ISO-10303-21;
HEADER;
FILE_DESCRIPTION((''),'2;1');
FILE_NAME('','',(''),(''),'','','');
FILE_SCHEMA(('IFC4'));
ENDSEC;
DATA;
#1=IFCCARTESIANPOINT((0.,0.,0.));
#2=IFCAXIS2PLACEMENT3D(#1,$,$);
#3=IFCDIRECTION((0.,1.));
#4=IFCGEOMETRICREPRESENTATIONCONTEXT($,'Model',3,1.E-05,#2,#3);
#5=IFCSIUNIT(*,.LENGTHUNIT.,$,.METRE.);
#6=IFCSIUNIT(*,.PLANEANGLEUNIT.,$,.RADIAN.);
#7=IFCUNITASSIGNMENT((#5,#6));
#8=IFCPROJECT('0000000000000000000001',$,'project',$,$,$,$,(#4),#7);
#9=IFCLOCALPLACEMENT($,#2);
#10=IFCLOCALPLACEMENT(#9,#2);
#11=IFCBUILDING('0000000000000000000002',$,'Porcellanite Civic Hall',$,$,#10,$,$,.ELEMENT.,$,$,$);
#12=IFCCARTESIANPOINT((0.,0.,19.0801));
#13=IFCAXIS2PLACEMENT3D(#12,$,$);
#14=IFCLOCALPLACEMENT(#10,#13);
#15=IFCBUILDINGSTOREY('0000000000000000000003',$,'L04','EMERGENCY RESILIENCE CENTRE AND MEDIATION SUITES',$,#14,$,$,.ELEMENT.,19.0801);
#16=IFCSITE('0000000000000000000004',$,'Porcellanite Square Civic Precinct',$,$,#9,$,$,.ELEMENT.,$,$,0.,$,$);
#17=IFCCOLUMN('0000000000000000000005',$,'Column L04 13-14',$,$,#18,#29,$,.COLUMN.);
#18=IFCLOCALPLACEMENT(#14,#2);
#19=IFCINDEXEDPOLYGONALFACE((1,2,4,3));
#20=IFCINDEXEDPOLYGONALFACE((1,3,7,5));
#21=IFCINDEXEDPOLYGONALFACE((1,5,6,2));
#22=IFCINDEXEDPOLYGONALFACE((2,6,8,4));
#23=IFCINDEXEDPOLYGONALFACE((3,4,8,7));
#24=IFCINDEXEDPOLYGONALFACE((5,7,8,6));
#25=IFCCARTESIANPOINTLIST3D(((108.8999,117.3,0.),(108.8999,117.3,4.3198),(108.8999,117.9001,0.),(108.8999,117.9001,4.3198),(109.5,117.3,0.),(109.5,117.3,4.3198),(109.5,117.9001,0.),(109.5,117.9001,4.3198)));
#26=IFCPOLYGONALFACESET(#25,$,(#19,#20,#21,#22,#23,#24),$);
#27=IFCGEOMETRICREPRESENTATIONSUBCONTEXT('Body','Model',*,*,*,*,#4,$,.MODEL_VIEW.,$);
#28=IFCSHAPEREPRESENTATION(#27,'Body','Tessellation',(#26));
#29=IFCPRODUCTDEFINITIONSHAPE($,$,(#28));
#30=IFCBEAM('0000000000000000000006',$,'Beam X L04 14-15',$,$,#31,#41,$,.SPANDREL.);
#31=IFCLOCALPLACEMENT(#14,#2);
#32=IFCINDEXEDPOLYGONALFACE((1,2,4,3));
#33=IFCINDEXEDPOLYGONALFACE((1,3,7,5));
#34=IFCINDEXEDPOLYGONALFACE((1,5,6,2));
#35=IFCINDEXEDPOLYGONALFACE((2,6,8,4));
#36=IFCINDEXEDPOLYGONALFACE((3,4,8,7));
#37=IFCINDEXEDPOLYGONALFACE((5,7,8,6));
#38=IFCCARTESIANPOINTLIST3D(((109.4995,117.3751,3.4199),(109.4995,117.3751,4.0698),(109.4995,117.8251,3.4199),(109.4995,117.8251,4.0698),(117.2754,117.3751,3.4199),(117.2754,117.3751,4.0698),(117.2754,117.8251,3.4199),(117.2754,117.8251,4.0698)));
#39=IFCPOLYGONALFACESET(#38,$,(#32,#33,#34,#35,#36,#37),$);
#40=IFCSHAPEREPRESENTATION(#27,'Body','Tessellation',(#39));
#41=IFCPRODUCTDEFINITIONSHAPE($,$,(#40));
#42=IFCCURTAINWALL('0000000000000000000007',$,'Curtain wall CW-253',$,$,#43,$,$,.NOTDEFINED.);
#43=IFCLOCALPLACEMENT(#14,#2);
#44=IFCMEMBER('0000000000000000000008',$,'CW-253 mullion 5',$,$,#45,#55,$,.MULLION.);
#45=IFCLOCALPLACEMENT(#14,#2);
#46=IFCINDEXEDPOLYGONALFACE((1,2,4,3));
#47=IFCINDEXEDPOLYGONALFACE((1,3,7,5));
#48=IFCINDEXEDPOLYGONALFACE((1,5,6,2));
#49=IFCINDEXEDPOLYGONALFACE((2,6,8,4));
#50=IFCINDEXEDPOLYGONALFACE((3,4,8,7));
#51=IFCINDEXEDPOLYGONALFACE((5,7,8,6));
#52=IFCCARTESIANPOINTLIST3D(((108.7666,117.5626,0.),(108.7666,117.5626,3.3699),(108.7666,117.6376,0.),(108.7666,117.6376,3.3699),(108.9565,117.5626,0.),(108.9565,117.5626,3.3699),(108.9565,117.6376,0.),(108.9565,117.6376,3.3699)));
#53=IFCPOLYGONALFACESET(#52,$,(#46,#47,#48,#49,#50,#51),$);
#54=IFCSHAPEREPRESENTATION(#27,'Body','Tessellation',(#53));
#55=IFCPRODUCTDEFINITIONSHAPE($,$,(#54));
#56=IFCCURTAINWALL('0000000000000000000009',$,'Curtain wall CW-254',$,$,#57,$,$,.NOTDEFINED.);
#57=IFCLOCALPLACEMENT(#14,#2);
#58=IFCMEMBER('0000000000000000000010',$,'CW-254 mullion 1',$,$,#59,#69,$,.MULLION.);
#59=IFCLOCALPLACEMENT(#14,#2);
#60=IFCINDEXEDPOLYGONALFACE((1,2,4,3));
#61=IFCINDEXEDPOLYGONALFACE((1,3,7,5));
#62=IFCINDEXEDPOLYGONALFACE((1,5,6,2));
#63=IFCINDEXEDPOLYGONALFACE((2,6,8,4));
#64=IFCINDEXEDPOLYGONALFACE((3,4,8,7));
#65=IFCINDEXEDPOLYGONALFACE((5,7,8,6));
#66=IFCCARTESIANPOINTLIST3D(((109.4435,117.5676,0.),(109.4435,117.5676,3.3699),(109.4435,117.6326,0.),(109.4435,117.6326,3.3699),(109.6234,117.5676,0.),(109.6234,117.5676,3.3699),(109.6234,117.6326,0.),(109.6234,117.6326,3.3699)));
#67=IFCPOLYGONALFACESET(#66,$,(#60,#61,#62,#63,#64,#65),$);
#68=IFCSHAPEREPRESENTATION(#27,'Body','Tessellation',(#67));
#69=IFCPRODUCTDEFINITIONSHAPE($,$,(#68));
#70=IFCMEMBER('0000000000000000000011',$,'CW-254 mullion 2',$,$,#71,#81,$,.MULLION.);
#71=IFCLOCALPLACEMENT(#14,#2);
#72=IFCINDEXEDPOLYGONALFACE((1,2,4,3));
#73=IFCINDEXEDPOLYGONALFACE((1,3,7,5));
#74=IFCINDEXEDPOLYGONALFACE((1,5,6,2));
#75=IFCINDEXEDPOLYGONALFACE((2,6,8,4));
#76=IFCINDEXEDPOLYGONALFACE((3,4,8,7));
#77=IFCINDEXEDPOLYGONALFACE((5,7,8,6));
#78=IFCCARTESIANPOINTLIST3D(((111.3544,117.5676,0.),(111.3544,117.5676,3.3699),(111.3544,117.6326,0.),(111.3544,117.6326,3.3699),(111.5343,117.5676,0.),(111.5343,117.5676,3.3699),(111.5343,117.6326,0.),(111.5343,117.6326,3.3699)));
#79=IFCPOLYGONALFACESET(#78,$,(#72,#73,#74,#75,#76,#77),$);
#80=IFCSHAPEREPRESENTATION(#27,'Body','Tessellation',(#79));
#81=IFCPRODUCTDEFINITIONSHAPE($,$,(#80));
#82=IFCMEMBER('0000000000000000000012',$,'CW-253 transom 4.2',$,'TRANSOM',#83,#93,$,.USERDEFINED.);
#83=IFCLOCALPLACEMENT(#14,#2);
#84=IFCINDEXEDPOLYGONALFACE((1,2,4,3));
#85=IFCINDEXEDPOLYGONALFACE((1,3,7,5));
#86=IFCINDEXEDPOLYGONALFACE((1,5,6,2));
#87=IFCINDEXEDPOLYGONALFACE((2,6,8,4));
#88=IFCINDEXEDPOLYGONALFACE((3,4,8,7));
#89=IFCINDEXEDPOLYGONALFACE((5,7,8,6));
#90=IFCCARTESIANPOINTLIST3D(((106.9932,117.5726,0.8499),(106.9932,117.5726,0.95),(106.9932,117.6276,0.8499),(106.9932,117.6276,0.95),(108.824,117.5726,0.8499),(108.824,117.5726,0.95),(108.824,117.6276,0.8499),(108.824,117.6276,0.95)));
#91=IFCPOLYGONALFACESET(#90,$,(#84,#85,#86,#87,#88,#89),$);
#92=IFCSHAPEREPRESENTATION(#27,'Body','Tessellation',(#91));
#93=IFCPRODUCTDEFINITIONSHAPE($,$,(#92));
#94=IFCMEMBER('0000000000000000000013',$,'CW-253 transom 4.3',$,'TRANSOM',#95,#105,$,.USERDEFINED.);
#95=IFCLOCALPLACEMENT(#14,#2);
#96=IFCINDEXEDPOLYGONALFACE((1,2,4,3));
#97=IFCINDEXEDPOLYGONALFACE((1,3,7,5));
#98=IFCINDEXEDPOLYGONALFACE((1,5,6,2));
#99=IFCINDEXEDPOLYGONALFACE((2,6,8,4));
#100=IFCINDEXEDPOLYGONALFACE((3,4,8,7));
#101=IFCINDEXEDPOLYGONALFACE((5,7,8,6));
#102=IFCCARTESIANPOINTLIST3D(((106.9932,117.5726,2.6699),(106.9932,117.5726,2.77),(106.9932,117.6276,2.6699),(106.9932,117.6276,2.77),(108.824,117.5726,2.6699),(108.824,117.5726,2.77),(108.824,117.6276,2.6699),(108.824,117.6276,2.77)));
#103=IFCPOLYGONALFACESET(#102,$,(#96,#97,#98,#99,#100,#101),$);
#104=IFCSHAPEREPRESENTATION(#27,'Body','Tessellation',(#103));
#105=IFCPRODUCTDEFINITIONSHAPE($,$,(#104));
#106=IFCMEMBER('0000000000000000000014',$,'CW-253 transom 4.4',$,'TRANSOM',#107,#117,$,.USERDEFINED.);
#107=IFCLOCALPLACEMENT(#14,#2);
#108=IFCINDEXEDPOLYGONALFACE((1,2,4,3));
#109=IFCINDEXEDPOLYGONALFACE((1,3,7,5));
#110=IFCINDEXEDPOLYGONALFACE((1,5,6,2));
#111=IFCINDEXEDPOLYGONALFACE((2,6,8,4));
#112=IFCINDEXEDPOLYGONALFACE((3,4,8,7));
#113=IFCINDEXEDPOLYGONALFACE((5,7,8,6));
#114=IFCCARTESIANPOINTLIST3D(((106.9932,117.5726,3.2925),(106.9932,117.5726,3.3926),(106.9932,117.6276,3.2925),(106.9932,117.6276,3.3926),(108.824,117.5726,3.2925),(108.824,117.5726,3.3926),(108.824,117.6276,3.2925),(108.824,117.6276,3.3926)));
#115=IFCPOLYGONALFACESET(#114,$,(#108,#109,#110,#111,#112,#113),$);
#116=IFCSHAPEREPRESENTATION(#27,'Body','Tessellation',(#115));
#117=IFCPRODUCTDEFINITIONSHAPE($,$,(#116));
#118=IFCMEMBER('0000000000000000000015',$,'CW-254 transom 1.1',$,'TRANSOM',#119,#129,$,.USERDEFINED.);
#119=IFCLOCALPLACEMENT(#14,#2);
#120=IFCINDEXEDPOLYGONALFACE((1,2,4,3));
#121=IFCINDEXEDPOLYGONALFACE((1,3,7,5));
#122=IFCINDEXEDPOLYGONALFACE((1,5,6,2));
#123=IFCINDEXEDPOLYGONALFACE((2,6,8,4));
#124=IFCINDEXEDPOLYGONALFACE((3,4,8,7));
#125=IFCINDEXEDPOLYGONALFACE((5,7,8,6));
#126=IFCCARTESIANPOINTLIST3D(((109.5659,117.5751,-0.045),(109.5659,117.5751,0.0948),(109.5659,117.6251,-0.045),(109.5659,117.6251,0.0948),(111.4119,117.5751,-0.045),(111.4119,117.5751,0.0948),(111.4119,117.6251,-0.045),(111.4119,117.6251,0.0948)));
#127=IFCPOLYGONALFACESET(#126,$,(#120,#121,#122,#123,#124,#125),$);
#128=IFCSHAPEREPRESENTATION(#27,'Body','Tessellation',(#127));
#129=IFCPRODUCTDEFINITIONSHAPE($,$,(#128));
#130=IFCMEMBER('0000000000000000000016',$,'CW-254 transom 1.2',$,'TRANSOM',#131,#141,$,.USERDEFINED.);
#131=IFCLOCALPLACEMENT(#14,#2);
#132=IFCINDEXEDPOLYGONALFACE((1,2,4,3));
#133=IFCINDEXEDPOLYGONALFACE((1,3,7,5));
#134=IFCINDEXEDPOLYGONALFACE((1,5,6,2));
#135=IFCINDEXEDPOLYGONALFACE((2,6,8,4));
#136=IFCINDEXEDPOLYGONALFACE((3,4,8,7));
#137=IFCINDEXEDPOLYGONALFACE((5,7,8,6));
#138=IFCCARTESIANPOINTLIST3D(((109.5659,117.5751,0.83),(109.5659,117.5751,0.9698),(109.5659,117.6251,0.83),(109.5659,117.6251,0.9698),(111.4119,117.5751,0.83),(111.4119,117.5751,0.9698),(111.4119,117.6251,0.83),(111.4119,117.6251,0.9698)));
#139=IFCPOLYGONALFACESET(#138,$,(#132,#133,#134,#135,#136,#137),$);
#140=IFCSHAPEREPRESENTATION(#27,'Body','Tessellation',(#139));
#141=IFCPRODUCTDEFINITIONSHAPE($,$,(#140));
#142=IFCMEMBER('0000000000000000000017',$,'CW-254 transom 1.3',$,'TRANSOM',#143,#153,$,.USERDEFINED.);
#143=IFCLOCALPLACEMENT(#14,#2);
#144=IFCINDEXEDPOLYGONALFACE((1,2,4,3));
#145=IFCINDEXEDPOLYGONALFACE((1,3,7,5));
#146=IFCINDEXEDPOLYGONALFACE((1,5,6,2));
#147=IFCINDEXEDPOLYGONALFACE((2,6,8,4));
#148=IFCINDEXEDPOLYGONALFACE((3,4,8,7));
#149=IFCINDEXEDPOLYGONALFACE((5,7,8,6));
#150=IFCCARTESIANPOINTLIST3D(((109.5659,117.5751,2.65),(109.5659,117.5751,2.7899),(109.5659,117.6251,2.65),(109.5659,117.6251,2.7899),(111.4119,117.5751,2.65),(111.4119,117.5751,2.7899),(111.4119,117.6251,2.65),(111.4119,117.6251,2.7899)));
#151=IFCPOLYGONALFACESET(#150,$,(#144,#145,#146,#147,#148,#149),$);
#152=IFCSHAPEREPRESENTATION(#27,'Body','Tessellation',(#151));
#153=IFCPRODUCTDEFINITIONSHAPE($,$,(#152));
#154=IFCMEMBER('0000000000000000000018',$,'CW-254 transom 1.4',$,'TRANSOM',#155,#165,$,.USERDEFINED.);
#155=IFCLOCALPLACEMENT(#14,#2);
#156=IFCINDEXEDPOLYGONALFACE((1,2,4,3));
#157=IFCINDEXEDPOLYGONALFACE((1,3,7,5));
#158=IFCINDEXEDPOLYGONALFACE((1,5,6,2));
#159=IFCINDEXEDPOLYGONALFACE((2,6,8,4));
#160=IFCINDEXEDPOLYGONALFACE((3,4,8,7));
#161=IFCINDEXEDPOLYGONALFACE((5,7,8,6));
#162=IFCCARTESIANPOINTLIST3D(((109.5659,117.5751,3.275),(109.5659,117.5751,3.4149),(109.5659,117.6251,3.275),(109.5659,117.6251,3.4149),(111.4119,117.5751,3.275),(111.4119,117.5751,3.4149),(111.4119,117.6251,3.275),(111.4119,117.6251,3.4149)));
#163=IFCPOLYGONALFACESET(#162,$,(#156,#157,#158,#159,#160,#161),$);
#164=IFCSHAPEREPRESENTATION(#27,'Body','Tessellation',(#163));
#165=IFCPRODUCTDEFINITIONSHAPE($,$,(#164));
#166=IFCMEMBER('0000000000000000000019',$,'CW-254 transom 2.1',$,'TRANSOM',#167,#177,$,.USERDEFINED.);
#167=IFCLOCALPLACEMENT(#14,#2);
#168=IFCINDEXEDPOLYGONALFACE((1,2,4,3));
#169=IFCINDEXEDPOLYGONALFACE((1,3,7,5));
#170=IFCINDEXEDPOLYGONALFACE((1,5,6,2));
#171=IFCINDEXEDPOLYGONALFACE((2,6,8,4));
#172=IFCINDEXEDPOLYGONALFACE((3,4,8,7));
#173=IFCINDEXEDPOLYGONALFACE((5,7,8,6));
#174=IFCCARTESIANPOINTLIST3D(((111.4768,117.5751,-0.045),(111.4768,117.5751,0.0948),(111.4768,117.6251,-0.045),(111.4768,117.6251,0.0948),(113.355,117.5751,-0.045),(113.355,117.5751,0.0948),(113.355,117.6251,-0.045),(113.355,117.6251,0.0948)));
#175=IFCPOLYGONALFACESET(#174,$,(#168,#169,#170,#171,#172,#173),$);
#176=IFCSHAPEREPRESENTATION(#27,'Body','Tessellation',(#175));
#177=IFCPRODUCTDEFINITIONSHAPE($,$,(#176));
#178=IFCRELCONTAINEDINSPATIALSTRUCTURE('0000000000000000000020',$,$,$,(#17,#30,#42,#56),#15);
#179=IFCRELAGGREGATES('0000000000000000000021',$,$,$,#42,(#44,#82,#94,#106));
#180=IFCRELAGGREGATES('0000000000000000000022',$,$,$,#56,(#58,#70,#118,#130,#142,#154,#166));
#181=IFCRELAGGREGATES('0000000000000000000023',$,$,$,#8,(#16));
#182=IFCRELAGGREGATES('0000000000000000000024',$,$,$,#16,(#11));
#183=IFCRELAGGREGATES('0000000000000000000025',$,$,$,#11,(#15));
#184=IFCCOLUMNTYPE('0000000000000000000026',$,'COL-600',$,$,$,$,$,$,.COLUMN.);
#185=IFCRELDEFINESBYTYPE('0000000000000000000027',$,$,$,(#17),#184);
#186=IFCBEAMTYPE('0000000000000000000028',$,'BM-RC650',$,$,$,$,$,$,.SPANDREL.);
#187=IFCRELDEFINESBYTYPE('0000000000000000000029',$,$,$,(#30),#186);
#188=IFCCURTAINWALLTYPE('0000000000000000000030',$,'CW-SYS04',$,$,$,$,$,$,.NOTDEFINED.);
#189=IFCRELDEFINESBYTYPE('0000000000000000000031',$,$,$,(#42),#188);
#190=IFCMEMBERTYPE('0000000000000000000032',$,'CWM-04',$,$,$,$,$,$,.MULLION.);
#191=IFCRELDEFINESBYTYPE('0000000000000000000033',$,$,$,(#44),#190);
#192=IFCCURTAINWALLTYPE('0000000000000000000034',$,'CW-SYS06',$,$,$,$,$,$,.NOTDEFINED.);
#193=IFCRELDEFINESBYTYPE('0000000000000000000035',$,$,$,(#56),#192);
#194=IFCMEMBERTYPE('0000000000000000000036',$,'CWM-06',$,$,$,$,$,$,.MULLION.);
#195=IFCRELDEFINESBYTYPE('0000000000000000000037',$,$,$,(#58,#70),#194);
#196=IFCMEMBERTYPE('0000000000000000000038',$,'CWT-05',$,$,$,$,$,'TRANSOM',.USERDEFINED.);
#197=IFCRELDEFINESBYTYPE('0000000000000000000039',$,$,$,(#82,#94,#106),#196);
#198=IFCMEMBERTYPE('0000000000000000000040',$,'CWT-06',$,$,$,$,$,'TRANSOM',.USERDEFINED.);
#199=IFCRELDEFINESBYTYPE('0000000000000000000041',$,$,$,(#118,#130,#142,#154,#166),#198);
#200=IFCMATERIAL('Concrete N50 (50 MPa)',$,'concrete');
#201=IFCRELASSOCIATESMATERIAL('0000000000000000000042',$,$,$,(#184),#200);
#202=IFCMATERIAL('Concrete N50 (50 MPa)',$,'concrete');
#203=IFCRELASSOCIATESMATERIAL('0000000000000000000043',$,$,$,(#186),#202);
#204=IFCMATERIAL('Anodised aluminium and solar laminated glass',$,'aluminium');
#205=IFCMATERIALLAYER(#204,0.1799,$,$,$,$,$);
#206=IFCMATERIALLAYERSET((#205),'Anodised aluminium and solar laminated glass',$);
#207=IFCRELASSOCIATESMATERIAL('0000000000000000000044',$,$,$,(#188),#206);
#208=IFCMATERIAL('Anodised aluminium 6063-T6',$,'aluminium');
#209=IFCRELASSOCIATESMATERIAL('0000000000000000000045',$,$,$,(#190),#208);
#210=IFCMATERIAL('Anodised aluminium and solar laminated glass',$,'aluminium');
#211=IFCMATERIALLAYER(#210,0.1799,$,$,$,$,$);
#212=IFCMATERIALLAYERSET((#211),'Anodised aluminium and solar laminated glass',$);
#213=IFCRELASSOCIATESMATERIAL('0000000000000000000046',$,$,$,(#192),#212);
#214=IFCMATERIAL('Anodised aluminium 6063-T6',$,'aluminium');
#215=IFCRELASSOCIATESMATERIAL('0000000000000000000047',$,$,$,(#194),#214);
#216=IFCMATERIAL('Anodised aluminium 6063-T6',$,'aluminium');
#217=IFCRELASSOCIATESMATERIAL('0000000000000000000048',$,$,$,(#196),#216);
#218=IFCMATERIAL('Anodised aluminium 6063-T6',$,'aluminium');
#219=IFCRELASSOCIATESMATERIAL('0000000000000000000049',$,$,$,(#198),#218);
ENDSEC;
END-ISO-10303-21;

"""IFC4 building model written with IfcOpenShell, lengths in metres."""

from ifc_helpers import new_model, si_unit, direction, frame, origin, origin_2d, place, context, subcontext, project, spatial, rectangle, extrude, material, layer, layer_set, material_profile, profile_set, type_object, element, aggregate, save


model = new_model("IFC4")

# Units and contexts
model_context = context("Model", 3, precision=1e-05, world=origin(), true_north=direction((0.0, 1.0)))
body_context = subcontext(model_context, "Body", "Model", "MODEL_VIEW")
ifc_project = project(units=[si_unit("LENGTHUNIT", "METRE"), si_unit("PLANEANGLEUNIT", "RADIAN")], contexts=[model_context])

# Site, building, storey
site_placement = place(None, origin())
site = spatial("IfcSite", under=ifc_project, at=site_placement, Name="Porcellanite Square Civic Precinct", CompositionType="ELEMENT", RefElevation=0.0)
building_placement = place(site_placement, origin())
building = spatial("IfcBuilding", under=site, at=building_placement, Name="Porcellanite Civic Hall", CompositionType="ELEMENT")
storey_placement = place(building_placement, frame((0.0, 0.0, 19.0801)))
storey = spatial("IfcBuildingStorey", under=building, at=storey_placement, Name="L04", Description="EMERGENCY RESILIENCE CENTRE AND MEDIATION SUITES", CompositionType="ELEMENT", Elevation=19.0801)

# Column
ifc_material_1 = material(Name="Concrete N50 (50 MPa)", Category="concrete")
ifc_material_profile_1 = material_profile(ifc_material_1, rectangle(XDim=0.6001, YDim=0.6001, at=origin_2d()), Name="RC-600x600")
ifc_profile_set_1 = profile_set([ifc_material_profile_1], Name="Concrete N50 (50 MPa)")
column_type = type_object("IfcColumnType", Name="COL-600", PredefinedType="COLUMN", material=ifc_profile_set_1)
column_placement = place(storey_placement, frame((109.2, 117.6001, 0.0), z_axis=(0.0, 0.0, 1.0), x_axis=(1.0, 0.0, 0.0)))
element("IfcColumn", 1, at=column_placement, inside=storey, type_object=column_type, Name="Column L04 13-14", PredefinedType="COLUMN", context=body_context, shape_type="SweptSolid", body=[
    extrude(rectangle(XDim=0.6001, YDim=0.6001, at=origin_2d()), origin(), (0.0, 0.0, 1.0), 4.3198),
])

# Beam
ifc_material_2 = material(Name="Concrete N50 (50 MPa)", Category="concrete")
ifc_material_profile_2 = material_profile(ifc_material_2, rectangle(XDim=0.45, YDim=0.6499, at=origin_2d()), Name="RC-450x650")
ifc_profile_set_2 = profile_set([ifc_material_profile_2], Name="Concrete N50 (50 MPa)")
beam_type_1 = type_object("IfcBeamType", Name="BM-RC650", PredefinedType="SPANDREL", material=ifc_profile_set_2)
beam_1_placement = place(storey_placement, frame((109.4995, 117.6001, 3.7449), z_axis=(1.0, 0.0, 0.0), x_axis=(0.0, 1.0, 0.0)))
element("IfcBeam", 2, at=beam_1_placement, inside=storey, type_object=beam_type_1, Name="Beam X L04 14-15", PredefinedType="SPANDREL", context=body_context, shape_type="SweptSolid", body=[
    extrude(rectangle(XDim=0.45, YDim=0.6499, at=origin_2d()), origin(), (0.0, 0.0, 1.0), 7.7759),
])

# Curtain wall, member
ifc_material_3 = material(Name="Anodised aluminium and solar laminated glass", Category="aluminium")
ifc_layer_1 = layer(ifc_material_3, 0.1799)
ifc_layer_set_1 = layer_set([ifc_layer_1], Name="Anodised aluminium and solar laminated glass")
curtain_wall_type_1 = type_object("IfcCurtainWallType", Name="CW-SYS04", PredefinedType="NOTDEFINED", material=ifc_layer_set_1)
curtain_wall_1_placement = place(storey_placement, origin())
curtain_wall_1 = element("IfcCurtainWall", 3, at=curtain_wall_1_placement, inside=storey, type_object=curtain_wall_type_1, Name="Curtain wall CW-253", PredefinedType="NOTDEFINED")
ifc_material_4 = material(Name="Anodised aluminium 6063-T6", Category="aluminium")
ifc_material_profile_3 = material_profile(ifc_material_4, rectangle(XDim=0.075, YDim=0.1899, at=origin_2d()), Name="AL-75x190")
ifc_profile_set_3 = profile_set([ifc_material_profile_3], Name="Anodised aluminium 6063-T6")
member_type_1 = type_object("IfcMemberType", Name="CWM-04", PredefinedType="MULLION", material=ifc_profile_set_3)
member_1_placement = place(storey_placement, frame((108.8616, 117.6001, 0.0), z_axis=(0.0, 0.0, 1.0), x_axis=(0.0, 1.0, 0.0)))
member_1 = element("IfcMember", 4, at=member_1_placement, type_object=member_type_1, Name="CW-253 mullion 5", PredefinedType="MULLION", context=body_context, shape_type="SweptSolid", body=[
    extrude(rectangle(XDim=0.075, YDim=0.1899, at=origin_2d()), origin(), (0.0, 0.0, 1.0), 3.3699),
])

# Curtain wall, members
ifc_material_5 = material(Name="Anodised aluminium and solar laminated glass", Category="aluminium")
ifc_layer_2 = layer(ifc_material_5, 0.1799)
ifc_layer_set_2 = layer_set([ifc_layer_2], Name="Anodised aluminium and solar laminated glass")
curtain_wall_type_2 = type_object("IfcCurtainWallType", Name="CW-SYS06", PredefinedType="NOTDEFINED", material=ifc_layer_set_2)
curtain_wall_2_placement = place(storey_placement, origin())
curtain_wall_2 = element("IfcCurtainWall", 5, at=curtain_wall_2_placement, inside=storey, type_object=curtain_wall_type_2, Name="Curtain wall CW-254", PredefinedType="NOTDEFINED")
ifc_material_6 = material(Name="Anodised aluminium 6063-T6", Category="aluminium")
ifc_material_profile_4 = material_profile(ifc_material_6, rectangle(XDim=0.0649, YDim=0.1799, at=origin_2d()), Name="AL-65x180")
ifc_profile_set_4 = profile_set([ifc_material_profile_4], Name="Anodised aluminium 6063-T6")
member_type_2 = type_object("IfcMemberType", Name="CWM-06", PredefinedType="MULLION", material=ifc_profile_set_4)
member_2_placement = place(storey_placement, frame((109.5334, 117.6001, 0.0), z_axis=(0.0, 0.0, 1.0), x_axis=(0.0, 1.0, 0.0)))
member_2 = element("IfcMember", 6, at=member_2_placement, type_object=member_type_2, Name="CW-254 mullion 1", PredefinedType="MULLION", context=body_context, shape_type="SweptSolid", body=[
    extrude(rectangle(XDim=0.0649, YDim=0.1799, at=origin_2d()), origin(), (0.0, 0.0, 1.0), 3.3699),
])
member_3_placement = place(storey_placement, frame((111.4443, 117.6001, 0.0), z_axis=(0.0, 0.0, 1.0), x_axis=(0.0, 1.0, 0.0)))
member_3 = element("IfcMember", 7, at=member_3_placement, type_object=member_type_2, Name="CW-254 mullion 2", PredefinedType="MULLION", context=body_context, shape_type="SweptSolid", body=[
    extrude(rectangle(XDim=0.0649, YDim=0.1799, at=origin_2d()), origin(), (0.0, 0.0, 1.0), 3.3699),
])

# Members
ifc_material_7 = material(Name="Anodised aluminium 6063-T6", Category="aluminium")
ifc_material_profile_5 = material_profile(ifc_material_7, rectangle(XDim=0.0549, YDim=0.1001, at=origin_2d()), Name="AL-55x100")
ifc_profile_set_5 = profile_set([ifc_material_profile_5], Name="Anodised aluminium 6063-T6")
member_type_3 = type_object("IfcMemberType", Name="CWT-05", ElementType="TRANSOM", PredefinedType="USERDEFINED", material=ifc_profile_set_5)
member_4_placement = place(storey_placement, frame((106.9932, 117.6001, 0.8999), z_axis=(1.0, 0.0, 0.0), x_axis=(0.0, 1.0, 0.0)))
member_4 = element("IfcMember", 8, at=member_4_placement, type_object=member_type_3, Name="CW-253 transom 4.2", ObjectType="TRANSOM", PredefinedType="USERDEFINED", context=body_context, shape_type="SweptSolid", body=[
    extrude(rectangle(XDim=0.0549, YDim=0.1001, at=origin_2d()), origin(), (0.0, 0.0, 1.0), 1.8308),
])
member_5_placement = place(storey_placement, frame((106.9932, 117.6001, 2.72), z_axis=(1.0, 0.0, 0.0), x_axis=(0.0, 1.0, 0.0)))
member_5 = element("IfcMember", 9, at=member_5_placement, type_object=member_type_3, Name="CW-253 transom 4.3", ObjectType="TRANSOM", PredefinedType="USERDEFINED", context=body_context, shape_type="SweptSolid", body=[
    extrude(rectangle(XDim=0.0549, YDim=0.1001, at=origin_2d()), origin(), (0.0, 0.0, 1.0), 1.8308),
])
member_6_placement = place(storey_placement, frame((106.9932, 117.6001, 3.3425), z_axis=(1.0, 0.0, 0.0), x_axis=(0.0, 1.0, 0.0)))
member_6 = element("IfcMember", 10, at=member_6_placement, type_object=member_type_3, Name="CW-253 transom 4.4", ObjectType="TRANSOM", PredefinedType="USERDEFINED", context=body_context, shape_type="SweptSolid", body=[
    extrude(rectangle(XDim=0.0549, YDim=0.1001, at=origin_2d()), origin(), (0.0, 0.0, 1.0), 1.8308),
])
ifc_material_8 = material(Name="Anodised aluminium 6063-T6", Category="aluminium")
ifc_material_profile_6 = material_profile(ifc_material_8, rectangle(XDim=0.05, YDim=0.1399, at=origin_2d()), Name="AL-50x140")
ifc_profile_set_6 = profile_set([ifc_material_profile_6], Name="Anodised aluminium 6063-T6")
member_type_4 = type_object("IfcMemberType", Name="CWT-06", ElementType="TRANSOM", PredefinedType="USERDEFINED", material=ifc_profile_set_6)
member_7_placement = place(storey_placement, frame((109.5659, 117.6001, 0.0249), z_axis=(1.0, 0.0, 0.0), x_axis=(0.0, 1.0, 0.0)))
member_7 = element("IfcMember", 11, at=member_7_placement, type_object=member_type_4, Name="CW-254 transom 1.1", ObjectType="TRANSOM", PredefinedType="USERDEFINED", context=body_context, shape_type="SweptSolid", body=[
    extrude(rectangle(XDim=0.05, YDim=0.1399, at=origin_2d()), origin(), (0.0, 0.0, 1.0), 1.8459),
])
member_8_placement = place(storey_placement, frame((109.5659, 117.6001, 0.8999), z_axis=(1.0, 0.0, 0.0), x_axis=(0.0, 1.0, 0.0)))
member_8 = element("IfcMember", 12, at=member_8_placement, type_object=member_type_4, Name="CW-254 transom 1.2", ObjectType="TRANSOM", PredefinedType="USERDEFINED", context=body_context, shape_type="SweptSolid", body=[
    extrude(rectangle(XDim=0.05, YDim=0.1399, at=origin_2d()), origin(), (0.0, 0.0, 1.0), 1.8459),
])
member_9_placement = place(storey_placement, frame((109.5659, 117.6001, 2.72), z_axis=(1.0, 0.0, 0.0), x_axis=(0.0, 1.0, 0.0)))
member_9 = element("IfcMember", 13, at=member_9_placement, type_object=member_type_4, Name="CW-254 transom 1.3", ObjectType="TRANSOM", PredefinedType="USERDEFINED", context=body_context, shape_type="SweptSolid", body=[
    extrude(rectangle(XDim=0.05, YDim=0.1399, at=origin_2d()), origin(), (0.0, 0.0, 1.0), 1.8459),
])
member_10_placement = place(storey_placement, frame((109.5659, 117.6001, 3.345), z_axis=(1.0, 0.0, 0.0), x_axis=(0.0, 1.0, 0.0)))
member_10 = element("IfcMember", 14, at=member_10_placement, type_object=member_type_4, Name="CW-254 transom 1.4", ObjectType="TRANSOM", PredefinedType="USERDEFINED", context=body_context, shape_type="SweptSolid", body=[
    extrude(rectangle(XDim=0.05, YDim=0.1399, at=origin_2d()), origin(), (0.0, 0.0, 1.0), 1.8459),
])
member_11_placement = place(storey_placement, frame((111.4768, 117.6001, 0.0249), z_axis=(1.0, 0.0, 0.0), x_axis=(0.0, 1.0, 0.0)))
member_11 = element("IfcMember", 15, at=member_11_placement, type_object=member_type_4, Name="CW-254 transom 2.1", ObjectType="TRANSOM", PredefinedType="USERDEFINED", context=body_context, shape_type="SweptSolid", body=[
    extrude(rectangle(XDim=0.05, YDim=0.1399, at=origin_2d()), origin(), (0.0, 0.0, 1.0), 1.8782),
])

aggregate(curtain_wall_1, [member_1, member_4, member_5, member_6])
aggregate(curtain_wall_2, [member_2, member_3, member_7, member_8, member_9, member_10, member_11])

save(model, "model.ifc")
